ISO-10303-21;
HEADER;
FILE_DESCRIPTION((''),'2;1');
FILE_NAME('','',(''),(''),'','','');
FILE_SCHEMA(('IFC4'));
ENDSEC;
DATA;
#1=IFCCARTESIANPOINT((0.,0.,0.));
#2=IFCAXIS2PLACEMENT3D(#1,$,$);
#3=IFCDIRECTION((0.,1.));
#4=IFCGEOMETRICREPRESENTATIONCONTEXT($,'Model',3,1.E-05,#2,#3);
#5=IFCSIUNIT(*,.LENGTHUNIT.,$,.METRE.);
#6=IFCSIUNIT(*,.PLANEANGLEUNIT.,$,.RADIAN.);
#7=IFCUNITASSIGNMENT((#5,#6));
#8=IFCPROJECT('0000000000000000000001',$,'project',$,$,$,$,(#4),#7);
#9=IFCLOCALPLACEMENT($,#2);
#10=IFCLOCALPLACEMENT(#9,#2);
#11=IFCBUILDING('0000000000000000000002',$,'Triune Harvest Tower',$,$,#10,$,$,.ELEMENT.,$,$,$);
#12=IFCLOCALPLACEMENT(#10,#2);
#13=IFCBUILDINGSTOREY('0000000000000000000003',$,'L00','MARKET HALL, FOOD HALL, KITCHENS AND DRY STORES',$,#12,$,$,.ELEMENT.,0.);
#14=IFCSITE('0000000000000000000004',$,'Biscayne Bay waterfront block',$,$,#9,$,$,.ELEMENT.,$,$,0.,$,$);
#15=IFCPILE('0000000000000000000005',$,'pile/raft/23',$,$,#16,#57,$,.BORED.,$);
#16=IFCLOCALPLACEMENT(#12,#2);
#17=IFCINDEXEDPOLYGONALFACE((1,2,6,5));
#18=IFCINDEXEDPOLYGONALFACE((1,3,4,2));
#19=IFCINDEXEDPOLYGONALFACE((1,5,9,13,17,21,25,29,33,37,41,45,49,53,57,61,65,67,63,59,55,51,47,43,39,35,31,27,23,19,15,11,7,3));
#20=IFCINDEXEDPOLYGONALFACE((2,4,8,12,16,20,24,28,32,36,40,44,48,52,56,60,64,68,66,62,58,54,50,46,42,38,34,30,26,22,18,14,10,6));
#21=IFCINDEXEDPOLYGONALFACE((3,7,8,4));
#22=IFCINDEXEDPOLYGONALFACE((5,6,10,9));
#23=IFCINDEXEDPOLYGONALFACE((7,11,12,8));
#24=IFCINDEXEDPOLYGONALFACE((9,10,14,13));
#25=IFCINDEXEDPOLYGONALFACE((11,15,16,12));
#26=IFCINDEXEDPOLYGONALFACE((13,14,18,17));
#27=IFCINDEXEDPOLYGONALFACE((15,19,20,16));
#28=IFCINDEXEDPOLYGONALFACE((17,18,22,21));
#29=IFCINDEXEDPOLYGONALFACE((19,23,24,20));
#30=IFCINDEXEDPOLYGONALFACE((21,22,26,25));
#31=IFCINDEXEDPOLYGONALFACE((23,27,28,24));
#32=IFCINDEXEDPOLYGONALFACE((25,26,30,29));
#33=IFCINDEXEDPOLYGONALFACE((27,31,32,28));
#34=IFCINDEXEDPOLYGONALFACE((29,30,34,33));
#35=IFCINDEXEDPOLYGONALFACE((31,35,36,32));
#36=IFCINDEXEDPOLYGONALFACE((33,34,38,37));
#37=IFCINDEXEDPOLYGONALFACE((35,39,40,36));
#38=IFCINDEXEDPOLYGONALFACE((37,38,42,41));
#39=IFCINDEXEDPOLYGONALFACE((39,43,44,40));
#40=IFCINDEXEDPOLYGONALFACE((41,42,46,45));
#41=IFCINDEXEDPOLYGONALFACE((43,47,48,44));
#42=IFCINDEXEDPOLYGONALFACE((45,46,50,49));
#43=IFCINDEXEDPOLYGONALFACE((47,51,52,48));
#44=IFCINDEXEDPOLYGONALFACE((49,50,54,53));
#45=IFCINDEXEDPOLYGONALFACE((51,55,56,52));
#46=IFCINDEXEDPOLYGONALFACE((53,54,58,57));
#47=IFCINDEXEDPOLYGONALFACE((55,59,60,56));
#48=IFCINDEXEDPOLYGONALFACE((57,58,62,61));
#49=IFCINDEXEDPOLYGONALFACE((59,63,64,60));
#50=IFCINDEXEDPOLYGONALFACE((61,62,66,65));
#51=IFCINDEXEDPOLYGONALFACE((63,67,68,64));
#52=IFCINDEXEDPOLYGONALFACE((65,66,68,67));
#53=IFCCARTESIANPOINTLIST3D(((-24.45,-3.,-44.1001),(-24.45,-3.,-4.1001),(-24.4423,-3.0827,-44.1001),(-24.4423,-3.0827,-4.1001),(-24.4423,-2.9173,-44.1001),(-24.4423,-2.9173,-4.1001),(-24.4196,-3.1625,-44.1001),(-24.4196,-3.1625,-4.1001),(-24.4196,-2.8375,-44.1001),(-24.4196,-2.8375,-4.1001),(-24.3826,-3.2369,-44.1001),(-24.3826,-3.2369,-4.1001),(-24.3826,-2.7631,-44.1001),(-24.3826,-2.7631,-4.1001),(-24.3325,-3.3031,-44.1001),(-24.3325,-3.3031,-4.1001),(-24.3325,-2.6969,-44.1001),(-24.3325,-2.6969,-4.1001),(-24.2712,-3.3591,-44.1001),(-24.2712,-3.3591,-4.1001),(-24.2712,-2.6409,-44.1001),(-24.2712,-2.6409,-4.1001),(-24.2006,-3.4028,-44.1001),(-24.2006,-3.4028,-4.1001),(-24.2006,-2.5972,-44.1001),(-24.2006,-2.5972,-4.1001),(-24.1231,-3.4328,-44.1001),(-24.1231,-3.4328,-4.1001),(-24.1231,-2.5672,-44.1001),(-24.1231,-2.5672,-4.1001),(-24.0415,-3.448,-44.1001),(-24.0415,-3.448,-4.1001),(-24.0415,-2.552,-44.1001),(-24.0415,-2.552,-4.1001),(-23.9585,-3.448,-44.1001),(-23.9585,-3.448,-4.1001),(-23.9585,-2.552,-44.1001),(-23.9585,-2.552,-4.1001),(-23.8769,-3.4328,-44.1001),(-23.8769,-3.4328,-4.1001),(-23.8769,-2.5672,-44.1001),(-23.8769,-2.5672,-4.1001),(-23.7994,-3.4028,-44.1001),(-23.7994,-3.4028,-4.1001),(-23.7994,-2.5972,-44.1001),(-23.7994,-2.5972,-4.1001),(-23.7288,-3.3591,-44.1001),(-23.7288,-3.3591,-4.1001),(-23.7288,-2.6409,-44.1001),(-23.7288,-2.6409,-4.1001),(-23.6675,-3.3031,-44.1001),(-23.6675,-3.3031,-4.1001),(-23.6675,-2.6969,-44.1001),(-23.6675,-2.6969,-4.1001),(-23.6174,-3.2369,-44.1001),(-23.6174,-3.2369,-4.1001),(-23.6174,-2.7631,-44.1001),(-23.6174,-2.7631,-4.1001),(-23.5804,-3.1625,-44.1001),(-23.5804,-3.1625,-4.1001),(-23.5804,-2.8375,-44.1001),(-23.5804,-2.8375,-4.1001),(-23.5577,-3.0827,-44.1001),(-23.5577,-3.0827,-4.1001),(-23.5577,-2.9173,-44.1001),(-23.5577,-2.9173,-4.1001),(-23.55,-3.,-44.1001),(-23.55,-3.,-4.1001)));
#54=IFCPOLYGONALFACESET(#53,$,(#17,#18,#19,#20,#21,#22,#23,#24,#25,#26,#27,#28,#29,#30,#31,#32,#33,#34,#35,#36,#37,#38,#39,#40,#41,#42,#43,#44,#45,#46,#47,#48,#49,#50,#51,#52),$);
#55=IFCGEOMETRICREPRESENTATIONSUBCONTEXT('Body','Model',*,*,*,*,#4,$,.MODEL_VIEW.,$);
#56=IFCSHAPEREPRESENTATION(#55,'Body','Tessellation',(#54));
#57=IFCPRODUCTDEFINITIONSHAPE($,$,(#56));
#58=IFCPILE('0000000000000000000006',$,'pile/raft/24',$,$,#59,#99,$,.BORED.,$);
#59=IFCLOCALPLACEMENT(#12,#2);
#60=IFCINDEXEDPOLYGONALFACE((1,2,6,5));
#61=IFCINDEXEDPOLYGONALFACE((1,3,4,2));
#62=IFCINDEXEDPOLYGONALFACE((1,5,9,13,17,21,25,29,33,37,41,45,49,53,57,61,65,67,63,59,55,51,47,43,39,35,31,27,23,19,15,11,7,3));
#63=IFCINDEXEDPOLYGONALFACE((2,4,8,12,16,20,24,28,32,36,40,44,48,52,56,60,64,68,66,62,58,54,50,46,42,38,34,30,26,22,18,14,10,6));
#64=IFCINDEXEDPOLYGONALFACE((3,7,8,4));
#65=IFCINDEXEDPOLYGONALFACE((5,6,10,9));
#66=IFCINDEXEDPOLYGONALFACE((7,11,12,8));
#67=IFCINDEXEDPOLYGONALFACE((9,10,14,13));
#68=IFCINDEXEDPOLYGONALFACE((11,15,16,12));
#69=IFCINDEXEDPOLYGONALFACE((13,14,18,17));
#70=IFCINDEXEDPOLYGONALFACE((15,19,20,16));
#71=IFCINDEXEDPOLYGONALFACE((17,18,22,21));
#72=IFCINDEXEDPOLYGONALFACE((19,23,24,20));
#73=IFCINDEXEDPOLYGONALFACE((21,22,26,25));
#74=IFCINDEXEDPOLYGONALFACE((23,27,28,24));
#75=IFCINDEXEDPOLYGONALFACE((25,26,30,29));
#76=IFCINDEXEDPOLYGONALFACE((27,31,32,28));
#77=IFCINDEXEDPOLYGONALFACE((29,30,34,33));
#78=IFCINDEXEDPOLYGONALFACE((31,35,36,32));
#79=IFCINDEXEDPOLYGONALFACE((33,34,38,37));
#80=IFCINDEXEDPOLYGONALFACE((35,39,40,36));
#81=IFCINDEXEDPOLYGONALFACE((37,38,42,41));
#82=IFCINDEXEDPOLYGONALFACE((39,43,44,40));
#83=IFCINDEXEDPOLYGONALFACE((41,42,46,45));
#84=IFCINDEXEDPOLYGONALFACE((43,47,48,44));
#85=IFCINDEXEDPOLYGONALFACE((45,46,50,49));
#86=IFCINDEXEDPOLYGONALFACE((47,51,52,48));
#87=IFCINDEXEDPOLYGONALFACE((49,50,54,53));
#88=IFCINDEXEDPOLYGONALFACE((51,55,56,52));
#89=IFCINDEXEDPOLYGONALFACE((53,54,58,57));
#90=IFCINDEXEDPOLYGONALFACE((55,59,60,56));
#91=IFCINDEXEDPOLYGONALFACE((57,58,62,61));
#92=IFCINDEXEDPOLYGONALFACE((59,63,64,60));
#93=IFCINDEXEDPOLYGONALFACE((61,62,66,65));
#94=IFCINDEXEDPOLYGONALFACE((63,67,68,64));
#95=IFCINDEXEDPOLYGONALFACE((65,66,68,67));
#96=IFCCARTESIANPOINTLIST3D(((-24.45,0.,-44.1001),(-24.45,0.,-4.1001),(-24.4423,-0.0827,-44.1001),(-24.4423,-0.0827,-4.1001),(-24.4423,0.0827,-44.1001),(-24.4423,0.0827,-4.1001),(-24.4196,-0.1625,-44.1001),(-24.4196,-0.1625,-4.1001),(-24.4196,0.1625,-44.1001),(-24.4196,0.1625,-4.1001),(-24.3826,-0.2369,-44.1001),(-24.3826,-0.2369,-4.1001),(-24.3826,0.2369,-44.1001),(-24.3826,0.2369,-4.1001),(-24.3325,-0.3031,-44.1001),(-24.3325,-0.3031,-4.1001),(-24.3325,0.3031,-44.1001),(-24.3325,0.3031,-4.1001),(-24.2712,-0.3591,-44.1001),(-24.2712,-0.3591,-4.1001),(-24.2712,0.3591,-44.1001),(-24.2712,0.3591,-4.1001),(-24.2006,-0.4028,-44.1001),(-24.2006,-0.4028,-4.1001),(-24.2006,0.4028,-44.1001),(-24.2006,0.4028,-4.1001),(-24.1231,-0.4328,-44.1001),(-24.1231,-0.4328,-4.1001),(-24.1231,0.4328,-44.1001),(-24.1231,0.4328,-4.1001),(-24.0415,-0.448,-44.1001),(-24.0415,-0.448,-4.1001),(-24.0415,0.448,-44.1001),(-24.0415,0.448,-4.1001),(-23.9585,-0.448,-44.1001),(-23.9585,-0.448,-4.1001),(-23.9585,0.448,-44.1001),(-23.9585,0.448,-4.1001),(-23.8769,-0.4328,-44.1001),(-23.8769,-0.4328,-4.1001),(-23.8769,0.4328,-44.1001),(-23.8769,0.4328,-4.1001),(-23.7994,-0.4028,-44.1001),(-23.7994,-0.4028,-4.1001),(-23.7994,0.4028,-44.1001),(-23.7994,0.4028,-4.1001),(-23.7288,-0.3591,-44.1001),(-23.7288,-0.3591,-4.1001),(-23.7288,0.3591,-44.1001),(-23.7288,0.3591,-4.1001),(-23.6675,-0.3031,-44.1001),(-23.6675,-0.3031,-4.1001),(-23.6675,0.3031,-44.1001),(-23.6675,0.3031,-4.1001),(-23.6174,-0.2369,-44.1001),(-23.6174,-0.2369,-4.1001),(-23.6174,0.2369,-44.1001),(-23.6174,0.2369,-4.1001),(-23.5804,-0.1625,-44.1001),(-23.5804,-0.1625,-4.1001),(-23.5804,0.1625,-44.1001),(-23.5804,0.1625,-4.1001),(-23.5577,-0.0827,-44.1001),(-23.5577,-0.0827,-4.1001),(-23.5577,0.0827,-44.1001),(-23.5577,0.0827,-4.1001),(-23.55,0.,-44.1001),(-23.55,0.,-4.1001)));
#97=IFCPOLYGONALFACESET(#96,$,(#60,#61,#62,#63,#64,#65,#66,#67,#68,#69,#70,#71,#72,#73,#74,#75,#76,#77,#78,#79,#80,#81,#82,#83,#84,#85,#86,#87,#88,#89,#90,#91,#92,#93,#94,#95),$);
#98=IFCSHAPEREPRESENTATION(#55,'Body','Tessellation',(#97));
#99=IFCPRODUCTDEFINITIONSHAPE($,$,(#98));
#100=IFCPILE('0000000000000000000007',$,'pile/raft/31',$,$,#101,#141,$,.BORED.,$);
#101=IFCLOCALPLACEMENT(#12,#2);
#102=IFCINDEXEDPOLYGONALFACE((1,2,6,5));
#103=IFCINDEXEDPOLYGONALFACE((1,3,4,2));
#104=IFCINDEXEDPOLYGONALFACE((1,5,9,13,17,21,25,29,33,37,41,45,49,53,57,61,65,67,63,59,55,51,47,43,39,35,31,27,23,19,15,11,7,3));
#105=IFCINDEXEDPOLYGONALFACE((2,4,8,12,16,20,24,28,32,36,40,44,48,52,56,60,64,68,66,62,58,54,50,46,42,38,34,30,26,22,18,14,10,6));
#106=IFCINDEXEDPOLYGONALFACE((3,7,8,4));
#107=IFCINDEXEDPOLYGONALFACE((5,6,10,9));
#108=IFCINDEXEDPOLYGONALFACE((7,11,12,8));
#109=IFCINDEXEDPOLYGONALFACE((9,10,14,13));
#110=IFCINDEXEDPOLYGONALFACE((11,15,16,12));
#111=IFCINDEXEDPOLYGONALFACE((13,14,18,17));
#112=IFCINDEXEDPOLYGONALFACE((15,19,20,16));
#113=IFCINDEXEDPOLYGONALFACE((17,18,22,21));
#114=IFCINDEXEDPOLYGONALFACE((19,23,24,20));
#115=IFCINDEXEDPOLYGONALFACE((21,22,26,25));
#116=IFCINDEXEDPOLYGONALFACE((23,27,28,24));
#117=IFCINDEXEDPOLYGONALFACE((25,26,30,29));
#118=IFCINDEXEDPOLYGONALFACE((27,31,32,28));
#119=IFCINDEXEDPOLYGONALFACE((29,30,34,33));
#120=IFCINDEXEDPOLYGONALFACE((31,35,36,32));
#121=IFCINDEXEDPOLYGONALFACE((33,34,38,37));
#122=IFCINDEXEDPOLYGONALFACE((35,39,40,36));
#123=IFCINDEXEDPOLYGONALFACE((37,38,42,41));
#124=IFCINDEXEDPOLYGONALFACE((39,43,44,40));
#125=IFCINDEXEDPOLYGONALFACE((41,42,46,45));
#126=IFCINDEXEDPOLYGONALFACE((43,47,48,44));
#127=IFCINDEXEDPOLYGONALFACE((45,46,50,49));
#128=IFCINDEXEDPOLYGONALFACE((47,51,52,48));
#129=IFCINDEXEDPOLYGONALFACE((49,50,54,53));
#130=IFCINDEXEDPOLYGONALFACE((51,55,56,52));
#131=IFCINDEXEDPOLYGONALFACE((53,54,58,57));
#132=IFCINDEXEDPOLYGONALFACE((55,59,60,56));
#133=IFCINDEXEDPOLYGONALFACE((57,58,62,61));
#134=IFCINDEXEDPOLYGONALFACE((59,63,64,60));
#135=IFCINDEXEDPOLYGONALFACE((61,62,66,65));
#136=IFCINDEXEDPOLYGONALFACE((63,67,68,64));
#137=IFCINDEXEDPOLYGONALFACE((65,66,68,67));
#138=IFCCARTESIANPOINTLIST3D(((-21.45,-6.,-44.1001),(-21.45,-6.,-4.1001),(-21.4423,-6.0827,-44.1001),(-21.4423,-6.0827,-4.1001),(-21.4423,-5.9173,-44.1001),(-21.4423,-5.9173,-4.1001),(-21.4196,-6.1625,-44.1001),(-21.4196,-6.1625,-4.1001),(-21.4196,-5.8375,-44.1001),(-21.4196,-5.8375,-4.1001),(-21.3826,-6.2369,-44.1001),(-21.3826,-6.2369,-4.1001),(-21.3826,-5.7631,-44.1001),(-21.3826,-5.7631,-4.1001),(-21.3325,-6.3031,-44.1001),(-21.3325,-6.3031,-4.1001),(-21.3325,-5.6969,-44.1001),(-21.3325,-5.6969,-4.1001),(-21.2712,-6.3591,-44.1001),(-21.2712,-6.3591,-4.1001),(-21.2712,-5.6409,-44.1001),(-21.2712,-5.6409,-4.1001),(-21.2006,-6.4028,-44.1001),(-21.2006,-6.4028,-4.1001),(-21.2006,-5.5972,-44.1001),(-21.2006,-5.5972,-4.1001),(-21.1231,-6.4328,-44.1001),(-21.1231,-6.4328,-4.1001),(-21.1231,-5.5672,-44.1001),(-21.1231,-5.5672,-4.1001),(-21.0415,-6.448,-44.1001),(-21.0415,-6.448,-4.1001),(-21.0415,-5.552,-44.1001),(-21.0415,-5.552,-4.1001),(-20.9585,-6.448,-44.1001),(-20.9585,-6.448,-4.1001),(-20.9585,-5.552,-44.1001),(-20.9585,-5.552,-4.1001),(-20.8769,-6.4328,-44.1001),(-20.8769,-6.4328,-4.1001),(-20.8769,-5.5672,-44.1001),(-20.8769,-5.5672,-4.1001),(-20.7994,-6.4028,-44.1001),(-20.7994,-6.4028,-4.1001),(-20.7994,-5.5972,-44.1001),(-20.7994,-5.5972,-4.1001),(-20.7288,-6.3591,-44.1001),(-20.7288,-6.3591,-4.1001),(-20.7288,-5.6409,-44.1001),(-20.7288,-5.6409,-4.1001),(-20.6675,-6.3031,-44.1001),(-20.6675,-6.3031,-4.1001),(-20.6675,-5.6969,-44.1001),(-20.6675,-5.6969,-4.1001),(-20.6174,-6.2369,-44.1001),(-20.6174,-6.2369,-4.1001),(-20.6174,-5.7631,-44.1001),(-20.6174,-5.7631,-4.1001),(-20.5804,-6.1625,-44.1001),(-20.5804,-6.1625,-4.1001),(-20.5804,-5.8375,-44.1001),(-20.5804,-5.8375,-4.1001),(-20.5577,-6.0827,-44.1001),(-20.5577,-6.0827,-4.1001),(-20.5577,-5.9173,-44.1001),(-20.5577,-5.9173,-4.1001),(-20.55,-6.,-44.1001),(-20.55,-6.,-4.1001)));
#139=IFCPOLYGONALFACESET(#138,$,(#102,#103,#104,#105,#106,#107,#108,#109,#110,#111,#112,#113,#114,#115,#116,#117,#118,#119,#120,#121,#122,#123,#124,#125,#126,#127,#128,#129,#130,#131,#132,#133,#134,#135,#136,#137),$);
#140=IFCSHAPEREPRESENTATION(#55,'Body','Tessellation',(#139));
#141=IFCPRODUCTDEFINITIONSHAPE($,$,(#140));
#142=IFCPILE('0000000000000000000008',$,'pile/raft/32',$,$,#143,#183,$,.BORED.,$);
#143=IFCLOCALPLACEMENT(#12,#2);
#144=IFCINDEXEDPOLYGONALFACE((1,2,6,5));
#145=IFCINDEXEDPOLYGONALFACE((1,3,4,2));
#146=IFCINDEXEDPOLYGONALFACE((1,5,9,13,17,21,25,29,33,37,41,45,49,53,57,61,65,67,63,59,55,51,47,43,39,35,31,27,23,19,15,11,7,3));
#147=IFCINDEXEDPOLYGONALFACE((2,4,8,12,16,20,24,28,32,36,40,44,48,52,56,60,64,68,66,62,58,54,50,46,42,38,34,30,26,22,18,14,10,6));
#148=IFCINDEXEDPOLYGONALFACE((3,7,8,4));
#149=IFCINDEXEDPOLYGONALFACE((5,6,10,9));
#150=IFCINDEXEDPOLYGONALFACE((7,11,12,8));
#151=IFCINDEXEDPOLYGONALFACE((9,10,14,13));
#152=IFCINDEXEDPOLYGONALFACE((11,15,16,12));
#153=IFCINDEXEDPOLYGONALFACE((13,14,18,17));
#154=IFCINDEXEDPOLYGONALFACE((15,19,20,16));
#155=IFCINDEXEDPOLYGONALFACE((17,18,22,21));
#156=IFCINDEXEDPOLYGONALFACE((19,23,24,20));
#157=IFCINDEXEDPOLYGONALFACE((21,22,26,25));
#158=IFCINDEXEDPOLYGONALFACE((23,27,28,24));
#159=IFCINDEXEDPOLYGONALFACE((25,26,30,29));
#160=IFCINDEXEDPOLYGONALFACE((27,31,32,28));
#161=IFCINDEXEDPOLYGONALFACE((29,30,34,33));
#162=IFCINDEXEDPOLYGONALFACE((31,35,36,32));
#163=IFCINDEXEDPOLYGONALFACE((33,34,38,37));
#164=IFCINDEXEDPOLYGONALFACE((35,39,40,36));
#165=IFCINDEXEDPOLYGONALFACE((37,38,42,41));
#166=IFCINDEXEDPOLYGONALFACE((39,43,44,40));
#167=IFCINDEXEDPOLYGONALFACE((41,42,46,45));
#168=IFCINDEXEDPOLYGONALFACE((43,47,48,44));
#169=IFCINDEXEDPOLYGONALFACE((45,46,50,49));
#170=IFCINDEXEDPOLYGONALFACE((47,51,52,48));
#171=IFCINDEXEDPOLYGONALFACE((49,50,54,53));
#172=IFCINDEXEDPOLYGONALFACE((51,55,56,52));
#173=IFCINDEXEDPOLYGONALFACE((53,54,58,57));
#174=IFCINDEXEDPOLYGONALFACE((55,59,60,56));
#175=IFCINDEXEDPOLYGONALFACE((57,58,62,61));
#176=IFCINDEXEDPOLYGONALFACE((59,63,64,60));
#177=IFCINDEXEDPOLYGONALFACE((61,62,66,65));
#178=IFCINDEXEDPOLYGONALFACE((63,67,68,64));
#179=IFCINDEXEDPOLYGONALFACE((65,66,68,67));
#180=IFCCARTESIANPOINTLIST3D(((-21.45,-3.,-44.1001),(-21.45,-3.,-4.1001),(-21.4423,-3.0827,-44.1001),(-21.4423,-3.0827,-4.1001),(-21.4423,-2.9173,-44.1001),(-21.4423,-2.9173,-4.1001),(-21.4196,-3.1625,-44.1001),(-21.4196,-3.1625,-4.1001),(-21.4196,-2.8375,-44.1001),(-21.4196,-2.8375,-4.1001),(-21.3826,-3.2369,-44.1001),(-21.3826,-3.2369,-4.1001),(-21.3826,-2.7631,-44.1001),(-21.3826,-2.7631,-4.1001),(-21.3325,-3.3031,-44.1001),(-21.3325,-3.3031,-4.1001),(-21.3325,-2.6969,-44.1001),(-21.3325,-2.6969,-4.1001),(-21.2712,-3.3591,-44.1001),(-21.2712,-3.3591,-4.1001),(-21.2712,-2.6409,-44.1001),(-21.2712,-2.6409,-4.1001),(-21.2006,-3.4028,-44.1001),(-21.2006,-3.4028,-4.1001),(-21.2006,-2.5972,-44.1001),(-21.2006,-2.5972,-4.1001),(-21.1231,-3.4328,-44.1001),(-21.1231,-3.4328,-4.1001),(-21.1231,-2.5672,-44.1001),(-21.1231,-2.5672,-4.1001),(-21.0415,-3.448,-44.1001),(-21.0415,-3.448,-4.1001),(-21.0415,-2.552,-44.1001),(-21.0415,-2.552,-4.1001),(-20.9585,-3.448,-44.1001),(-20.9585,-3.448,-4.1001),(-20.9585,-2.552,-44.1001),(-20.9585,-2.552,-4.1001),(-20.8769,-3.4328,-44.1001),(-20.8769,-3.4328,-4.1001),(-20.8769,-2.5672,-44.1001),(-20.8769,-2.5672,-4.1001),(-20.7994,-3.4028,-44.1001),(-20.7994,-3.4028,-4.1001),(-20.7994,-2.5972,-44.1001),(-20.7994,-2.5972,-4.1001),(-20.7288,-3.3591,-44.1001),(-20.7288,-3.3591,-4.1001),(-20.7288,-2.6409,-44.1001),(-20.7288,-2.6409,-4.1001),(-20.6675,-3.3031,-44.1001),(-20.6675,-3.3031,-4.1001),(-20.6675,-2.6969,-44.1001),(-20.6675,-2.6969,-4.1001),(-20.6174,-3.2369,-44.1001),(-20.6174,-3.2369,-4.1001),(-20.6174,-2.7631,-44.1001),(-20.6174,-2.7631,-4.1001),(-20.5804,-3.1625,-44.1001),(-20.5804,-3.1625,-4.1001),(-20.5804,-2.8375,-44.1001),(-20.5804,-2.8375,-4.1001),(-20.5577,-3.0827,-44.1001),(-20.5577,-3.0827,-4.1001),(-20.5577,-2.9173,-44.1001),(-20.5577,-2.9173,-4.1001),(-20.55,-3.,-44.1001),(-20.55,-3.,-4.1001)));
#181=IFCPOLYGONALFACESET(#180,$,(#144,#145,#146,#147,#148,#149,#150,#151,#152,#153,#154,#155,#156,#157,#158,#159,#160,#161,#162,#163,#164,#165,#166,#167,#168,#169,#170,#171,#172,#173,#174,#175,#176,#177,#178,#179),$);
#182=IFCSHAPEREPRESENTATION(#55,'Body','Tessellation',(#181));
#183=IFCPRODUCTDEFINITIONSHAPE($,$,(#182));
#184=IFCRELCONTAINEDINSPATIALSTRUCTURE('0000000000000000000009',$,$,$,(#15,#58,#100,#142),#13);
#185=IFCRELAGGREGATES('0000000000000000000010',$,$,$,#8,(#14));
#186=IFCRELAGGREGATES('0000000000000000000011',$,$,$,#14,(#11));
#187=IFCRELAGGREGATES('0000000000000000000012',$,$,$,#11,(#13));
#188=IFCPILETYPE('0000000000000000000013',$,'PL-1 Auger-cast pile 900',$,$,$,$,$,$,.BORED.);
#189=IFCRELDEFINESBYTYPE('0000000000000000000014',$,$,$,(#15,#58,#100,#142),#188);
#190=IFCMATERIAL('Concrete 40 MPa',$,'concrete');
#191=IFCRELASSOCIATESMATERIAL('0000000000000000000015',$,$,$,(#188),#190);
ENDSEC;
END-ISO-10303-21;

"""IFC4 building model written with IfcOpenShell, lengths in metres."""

from ifc_helpers import new_model, si_unit, direction, frame, origin, origin_2d, place, context, subcontext, project, spatial, circle, extrude, source, transform, mapped, material, material_profile, profile_set, type_object, element, save


model = new_model("IFC4")

# Units and contexts
model_context = context("Model", 3, precision=1e-05, world=origin(), true_north=direction((0.0, 1.0)))
body_context = subcontext(model_context, "Body", "Model", "MODEL_VIEW")
ifc_project = project(units=[si_unit("LENGTHUNIT", "METRE"), si_unit("PLANEANGLEUNIT", "RADIAN")], contexts=[model_context])

# Site, building, storey
site_placement = place(None, origin())
site = spatial("IfcSite", under=ifc_project, at=site_placement, Name="Biscayne Bay waterfront block", CompositionType="ELEMENT", RefElevation=0.0)
building_placement = place(site_placement, origin())
building = spatial("IfcBuilding", under=site, at=building_placement, Name="Triune Harvest Tower", CompositionType="ELEMENT")
storey_placement = place(building_placement, origin())
storey = spatial("IfcBuildingStorey", under=building, at=storey_placement, Name="L00", Description="MARKET HALL, FOOD HALL, KITCHENS AND DRY STORES", CompositionType="ELEMENT", Elevation=0.0)

# Piles
ifc_material_1 = material(Name="Concrete 40 MPa", Category="concrete")
ifc_material_profile = material_profile(ifc_material_1, circle(Radius=0.45, at=origin_2d()), Name="Bored 900")
ifc_profile_set = profile_set([ifc_material_profile], Name="Concrete 40 MPa")
pile_type = type_object("IfcPileType", Name="PL-1 Auger-cast pile 900", PredefinedType="BORED", material=ifc_profile_set)
shared_shape = source(origin(), body_context, "Body", "SweptSolid", [
    extrude(circle(Radius=0.45, at=origin_2d()), origin(), (0.0, 0.0, 1.0), 40.0),
])
for number, where, z_axis, x_axis, name in (
    (1, (-24.0, -3.0, -4.1001), (0.0, 0.0, -1.0), (1.0, 0.0, 0.0), "pile/raft/23"),
    (2, (-24.0, 0.0, -4.1001), (0.0, 0.0, -1.0), (1.0, 0.0, 0.0), "pile/raft/24"),
    (3, (-21.0, -6.0, -4.1001), (0.0, 0.0, -1.0), (1.0, 0.0, 0.0), "pile/raft/31"),
    (4, (-21.0, -3.0, -4.1001), (0.0, 0.0, -1.0), (1.0, 0.0, 0.0), "pile/raft/32"),
):
    element("IfcPile", number, at=place(storey_placement, frame(where, z_axis=z_axis, x_axis=x_axis)), inside=storey, type_object=pile_type, Name=name, PredefinedType="BORED", context=body_context, shape_type="MappedRepresentation", body=[
        mapped(shared_shape, transform((0.0, 0.0, 0.0), scale=1.0)),
    ])

save(model, "model.ifc")
